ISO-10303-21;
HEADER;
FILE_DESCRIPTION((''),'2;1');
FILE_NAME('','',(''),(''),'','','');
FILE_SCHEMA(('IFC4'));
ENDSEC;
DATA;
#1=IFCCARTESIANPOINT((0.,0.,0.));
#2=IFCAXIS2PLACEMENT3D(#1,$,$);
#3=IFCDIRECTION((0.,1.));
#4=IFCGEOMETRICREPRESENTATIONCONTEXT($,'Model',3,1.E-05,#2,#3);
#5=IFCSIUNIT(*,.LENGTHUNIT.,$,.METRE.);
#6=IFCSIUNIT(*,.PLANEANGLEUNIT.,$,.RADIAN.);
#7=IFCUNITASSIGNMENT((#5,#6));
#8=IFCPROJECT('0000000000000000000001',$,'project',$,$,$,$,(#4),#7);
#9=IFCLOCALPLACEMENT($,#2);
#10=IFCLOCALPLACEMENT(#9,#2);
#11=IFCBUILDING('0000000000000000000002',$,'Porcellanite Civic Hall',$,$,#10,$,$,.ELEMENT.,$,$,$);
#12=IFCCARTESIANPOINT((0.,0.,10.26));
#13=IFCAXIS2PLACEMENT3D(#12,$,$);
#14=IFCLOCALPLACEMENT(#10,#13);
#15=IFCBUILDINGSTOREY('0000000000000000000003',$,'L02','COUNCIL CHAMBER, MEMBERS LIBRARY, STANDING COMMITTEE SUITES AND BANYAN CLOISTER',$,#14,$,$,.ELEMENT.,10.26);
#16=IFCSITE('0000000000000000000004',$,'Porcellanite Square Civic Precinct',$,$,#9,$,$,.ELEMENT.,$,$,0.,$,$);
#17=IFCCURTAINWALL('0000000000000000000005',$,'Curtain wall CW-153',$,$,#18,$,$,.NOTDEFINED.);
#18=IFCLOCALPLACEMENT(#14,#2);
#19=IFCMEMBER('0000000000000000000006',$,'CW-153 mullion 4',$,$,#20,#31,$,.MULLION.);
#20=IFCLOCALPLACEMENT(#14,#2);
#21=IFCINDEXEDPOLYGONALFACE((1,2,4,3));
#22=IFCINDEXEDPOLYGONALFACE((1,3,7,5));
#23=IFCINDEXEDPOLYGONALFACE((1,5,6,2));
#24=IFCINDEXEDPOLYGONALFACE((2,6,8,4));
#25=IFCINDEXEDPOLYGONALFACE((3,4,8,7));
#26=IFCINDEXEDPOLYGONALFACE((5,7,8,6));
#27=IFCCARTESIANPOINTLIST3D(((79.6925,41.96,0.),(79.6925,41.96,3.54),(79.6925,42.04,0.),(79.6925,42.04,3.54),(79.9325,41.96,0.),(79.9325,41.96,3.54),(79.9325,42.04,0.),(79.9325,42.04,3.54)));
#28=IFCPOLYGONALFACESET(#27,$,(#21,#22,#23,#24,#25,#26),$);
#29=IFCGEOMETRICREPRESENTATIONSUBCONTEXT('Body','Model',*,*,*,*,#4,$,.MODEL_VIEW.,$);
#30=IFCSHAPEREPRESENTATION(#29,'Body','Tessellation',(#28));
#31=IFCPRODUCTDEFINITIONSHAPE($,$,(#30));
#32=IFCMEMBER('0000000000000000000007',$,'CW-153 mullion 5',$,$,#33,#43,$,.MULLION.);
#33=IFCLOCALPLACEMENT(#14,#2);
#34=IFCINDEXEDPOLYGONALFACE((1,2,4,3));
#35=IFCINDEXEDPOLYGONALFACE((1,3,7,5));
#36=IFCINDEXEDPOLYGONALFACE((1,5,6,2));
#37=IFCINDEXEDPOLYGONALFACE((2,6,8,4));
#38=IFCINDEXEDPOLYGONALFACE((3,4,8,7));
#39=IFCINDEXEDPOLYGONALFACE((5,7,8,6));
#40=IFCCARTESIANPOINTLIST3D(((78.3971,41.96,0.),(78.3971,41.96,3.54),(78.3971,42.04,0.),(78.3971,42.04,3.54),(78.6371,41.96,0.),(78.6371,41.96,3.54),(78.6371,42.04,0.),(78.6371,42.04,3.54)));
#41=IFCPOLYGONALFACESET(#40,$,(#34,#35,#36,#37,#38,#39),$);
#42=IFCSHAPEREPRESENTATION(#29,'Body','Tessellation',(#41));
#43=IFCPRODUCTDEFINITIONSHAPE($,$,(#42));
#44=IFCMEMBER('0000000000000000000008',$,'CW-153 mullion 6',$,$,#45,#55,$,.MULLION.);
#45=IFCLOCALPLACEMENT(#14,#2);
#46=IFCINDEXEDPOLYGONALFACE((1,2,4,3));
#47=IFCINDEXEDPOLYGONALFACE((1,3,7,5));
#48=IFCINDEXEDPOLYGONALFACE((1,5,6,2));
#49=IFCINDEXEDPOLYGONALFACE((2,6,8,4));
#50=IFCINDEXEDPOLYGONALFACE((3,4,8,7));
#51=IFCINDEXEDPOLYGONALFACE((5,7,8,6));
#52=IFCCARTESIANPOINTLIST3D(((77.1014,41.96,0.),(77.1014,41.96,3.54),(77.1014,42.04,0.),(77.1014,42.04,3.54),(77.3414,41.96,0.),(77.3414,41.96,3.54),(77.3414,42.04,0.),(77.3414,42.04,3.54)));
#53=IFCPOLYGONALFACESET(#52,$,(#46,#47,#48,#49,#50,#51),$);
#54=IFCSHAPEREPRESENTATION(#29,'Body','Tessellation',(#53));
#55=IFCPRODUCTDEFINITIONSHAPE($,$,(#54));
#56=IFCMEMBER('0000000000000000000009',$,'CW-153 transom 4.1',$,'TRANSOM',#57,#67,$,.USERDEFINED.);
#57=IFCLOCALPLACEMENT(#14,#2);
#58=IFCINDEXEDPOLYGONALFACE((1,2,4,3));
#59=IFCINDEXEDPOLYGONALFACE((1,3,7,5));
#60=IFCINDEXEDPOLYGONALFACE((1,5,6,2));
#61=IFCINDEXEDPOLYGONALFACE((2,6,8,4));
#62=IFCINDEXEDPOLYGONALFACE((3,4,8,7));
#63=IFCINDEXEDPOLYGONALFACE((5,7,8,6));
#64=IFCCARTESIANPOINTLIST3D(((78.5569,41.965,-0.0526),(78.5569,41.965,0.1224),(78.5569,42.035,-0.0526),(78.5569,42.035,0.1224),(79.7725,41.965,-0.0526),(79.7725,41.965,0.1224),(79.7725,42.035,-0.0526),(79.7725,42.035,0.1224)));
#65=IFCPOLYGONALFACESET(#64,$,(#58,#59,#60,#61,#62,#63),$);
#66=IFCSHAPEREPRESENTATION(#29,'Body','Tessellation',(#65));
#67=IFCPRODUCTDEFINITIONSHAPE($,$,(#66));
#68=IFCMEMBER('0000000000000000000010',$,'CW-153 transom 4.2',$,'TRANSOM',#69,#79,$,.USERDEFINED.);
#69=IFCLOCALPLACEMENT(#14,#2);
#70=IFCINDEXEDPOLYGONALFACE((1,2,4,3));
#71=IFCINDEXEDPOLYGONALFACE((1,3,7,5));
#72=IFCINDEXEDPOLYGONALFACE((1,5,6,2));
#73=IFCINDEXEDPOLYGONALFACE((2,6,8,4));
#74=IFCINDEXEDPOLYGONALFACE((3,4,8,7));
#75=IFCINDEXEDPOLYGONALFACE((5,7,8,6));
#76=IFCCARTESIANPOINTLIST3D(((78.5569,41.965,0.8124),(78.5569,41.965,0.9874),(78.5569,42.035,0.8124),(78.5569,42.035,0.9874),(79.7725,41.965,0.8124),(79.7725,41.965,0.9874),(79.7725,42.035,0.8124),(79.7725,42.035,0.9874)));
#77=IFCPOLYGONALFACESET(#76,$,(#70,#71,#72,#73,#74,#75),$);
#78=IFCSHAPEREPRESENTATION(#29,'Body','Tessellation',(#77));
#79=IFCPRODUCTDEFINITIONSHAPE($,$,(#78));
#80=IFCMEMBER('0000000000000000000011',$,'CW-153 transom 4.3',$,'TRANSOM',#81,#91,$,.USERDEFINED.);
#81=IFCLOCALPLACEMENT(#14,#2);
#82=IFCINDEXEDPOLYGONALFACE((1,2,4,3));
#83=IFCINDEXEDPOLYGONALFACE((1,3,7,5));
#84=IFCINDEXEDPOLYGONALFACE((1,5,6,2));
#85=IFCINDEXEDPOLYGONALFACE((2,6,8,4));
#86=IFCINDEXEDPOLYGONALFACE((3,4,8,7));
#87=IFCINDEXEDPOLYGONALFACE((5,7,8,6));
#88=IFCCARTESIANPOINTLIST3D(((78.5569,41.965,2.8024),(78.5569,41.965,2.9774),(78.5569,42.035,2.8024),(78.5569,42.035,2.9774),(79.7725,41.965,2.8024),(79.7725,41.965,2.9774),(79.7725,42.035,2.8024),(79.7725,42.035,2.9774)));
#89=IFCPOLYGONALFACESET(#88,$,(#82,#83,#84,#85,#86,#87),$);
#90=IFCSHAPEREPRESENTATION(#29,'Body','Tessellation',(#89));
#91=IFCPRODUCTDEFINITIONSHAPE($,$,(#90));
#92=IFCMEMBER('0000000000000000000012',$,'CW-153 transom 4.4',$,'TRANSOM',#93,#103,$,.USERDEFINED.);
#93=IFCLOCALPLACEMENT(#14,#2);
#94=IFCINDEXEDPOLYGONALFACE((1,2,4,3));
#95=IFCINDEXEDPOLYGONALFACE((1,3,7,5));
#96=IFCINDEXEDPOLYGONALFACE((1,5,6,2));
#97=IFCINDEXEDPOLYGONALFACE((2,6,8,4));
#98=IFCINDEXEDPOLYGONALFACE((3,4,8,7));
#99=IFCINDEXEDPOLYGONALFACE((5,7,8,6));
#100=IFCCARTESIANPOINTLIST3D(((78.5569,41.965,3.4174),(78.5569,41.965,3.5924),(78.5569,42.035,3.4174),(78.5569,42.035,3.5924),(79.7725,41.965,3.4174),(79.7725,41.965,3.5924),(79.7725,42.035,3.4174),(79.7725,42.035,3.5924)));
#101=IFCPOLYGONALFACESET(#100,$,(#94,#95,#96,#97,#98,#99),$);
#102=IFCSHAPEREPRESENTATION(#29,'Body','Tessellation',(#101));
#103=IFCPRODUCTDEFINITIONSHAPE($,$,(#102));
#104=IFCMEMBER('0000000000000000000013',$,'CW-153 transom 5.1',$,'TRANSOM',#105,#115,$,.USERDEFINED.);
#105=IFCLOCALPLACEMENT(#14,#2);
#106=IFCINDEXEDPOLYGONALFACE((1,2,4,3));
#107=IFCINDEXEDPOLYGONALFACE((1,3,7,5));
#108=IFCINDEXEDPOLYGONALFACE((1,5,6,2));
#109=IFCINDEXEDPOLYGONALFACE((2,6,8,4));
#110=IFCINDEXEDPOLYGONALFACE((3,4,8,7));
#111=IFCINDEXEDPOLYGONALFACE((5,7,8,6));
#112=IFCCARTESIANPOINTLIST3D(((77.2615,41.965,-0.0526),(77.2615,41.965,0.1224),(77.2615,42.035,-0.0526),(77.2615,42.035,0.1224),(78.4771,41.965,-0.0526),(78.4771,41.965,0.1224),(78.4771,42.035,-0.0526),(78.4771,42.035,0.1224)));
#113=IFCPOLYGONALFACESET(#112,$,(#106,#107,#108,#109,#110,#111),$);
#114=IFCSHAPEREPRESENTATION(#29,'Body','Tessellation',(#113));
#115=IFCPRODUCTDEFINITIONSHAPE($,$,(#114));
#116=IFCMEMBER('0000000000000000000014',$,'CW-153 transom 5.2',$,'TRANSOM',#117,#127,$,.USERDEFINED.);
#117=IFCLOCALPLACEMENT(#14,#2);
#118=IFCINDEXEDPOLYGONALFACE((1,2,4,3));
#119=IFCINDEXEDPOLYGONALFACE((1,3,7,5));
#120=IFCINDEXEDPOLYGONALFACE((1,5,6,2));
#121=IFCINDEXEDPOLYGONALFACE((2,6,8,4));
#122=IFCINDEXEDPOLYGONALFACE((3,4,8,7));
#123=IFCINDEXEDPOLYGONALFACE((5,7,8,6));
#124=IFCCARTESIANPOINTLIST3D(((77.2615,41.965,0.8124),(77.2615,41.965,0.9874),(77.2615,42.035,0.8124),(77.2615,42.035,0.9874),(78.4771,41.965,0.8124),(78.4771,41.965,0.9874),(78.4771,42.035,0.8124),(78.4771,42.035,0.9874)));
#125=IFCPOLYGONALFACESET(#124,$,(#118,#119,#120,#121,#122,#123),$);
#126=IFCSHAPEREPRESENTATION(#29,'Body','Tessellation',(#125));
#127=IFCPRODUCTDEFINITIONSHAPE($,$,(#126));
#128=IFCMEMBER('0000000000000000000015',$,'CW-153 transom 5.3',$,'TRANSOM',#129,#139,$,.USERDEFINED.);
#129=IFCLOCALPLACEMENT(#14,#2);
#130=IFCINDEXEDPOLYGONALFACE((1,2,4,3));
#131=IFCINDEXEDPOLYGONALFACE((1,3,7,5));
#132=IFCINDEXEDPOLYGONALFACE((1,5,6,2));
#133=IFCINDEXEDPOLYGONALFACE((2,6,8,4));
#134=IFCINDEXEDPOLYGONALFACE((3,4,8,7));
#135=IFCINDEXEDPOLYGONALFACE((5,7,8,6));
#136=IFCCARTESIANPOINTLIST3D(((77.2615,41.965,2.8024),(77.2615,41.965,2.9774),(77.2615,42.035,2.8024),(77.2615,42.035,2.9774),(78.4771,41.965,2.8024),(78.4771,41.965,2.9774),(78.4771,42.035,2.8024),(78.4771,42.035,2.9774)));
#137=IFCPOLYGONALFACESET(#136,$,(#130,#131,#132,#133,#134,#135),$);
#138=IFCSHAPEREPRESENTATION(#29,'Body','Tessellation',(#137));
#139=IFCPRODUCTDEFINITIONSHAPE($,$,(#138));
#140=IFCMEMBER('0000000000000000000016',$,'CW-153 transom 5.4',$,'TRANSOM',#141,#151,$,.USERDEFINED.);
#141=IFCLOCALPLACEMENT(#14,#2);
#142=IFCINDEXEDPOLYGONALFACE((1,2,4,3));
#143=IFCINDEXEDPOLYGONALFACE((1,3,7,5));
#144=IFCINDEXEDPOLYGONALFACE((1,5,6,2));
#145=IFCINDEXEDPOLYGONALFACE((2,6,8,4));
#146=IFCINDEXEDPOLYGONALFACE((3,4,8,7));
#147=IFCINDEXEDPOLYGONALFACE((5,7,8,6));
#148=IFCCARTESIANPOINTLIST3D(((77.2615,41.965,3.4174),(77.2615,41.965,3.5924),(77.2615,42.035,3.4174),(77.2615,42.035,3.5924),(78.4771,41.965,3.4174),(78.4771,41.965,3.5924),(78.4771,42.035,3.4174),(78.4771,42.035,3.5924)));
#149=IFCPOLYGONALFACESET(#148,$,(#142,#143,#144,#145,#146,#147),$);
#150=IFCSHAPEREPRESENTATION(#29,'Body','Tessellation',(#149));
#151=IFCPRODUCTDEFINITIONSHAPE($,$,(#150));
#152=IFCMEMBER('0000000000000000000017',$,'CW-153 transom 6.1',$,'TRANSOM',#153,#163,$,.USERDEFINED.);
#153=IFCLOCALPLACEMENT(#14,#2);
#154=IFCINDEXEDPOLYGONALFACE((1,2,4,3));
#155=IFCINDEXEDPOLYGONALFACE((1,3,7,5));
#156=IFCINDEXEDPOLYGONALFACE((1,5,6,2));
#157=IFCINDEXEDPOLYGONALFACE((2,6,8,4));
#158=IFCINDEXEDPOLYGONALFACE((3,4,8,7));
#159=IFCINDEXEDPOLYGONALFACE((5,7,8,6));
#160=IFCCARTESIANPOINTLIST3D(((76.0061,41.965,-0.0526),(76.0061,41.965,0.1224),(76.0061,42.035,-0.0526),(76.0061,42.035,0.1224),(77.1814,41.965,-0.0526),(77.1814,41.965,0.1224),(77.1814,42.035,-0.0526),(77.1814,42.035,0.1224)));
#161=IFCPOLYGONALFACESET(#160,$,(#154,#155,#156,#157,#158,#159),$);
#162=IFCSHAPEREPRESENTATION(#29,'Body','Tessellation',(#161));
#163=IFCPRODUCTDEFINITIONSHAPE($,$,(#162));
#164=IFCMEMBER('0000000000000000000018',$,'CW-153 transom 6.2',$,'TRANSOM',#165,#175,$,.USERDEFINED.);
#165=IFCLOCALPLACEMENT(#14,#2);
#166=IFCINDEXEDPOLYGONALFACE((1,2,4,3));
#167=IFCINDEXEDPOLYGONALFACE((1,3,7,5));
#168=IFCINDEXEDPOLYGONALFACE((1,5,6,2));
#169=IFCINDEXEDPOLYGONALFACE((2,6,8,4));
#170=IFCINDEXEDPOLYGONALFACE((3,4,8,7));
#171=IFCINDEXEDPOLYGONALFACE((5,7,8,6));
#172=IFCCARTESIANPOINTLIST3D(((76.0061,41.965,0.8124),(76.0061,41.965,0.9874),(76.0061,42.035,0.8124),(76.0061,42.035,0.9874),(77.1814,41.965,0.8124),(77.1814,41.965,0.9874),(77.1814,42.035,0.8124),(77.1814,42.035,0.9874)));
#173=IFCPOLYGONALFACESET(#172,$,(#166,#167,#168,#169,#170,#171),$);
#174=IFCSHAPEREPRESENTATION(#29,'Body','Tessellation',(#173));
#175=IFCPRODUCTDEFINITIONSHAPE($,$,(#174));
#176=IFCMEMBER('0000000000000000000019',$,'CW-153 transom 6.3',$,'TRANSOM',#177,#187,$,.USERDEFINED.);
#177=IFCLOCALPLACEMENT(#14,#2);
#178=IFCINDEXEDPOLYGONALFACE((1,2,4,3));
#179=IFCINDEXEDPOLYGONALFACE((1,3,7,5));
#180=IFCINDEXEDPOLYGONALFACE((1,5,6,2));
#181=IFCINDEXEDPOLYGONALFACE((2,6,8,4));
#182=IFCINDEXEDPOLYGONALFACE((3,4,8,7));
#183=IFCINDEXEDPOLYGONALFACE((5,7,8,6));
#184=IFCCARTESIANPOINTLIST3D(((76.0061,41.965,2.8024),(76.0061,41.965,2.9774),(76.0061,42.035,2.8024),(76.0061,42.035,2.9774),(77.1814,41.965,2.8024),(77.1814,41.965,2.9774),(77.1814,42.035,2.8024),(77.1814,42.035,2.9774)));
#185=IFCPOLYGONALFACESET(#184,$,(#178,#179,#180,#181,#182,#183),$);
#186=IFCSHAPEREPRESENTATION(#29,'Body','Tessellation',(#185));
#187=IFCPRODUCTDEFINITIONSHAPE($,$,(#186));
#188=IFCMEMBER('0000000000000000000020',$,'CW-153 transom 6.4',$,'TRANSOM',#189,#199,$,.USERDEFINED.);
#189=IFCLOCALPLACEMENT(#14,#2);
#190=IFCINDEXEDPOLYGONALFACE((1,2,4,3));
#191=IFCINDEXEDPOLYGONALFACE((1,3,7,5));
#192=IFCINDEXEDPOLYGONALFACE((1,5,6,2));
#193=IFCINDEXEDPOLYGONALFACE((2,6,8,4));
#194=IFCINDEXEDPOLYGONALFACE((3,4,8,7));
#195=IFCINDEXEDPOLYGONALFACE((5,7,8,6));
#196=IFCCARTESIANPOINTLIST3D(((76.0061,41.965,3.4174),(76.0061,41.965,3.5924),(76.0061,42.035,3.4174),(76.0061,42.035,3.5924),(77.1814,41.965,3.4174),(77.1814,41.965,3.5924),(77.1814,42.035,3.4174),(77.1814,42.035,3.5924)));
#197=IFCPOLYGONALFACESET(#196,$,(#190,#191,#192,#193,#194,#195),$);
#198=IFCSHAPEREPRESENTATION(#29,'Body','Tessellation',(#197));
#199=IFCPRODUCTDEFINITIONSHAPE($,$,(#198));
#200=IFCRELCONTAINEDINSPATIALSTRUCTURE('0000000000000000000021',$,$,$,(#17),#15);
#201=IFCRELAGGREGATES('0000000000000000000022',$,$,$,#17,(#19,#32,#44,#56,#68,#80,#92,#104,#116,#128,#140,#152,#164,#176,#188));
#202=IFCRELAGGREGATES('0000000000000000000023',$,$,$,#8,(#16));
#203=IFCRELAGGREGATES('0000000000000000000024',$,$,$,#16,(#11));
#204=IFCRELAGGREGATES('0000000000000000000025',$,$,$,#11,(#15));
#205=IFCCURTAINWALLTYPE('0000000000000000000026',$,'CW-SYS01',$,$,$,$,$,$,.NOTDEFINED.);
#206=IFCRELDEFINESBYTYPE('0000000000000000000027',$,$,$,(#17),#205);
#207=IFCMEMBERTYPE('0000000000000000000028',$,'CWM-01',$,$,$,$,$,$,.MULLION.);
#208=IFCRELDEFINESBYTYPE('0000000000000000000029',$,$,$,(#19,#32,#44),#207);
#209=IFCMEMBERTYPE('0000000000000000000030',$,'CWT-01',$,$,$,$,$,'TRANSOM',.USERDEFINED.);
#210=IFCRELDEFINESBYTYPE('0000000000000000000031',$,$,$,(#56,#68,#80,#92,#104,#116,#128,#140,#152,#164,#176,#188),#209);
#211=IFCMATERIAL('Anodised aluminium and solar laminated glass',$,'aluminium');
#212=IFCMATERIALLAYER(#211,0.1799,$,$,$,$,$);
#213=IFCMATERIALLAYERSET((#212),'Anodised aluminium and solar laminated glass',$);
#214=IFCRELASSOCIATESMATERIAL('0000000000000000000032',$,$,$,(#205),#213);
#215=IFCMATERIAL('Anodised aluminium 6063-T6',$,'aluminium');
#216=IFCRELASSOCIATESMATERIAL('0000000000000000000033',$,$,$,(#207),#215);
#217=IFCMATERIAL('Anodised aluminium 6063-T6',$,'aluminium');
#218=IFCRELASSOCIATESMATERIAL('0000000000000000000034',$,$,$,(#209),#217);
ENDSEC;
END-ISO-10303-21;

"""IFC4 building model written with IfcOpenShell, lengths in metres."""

from ifc_helpers import new_model, si_unit, direction, frame, origin, origin_2d, place, context, subcontext, project, spatial, rectangle, extrude, material, layer, layer_set, material_profile, profile_set, type_object, element, aggregate, save


model = new_model("IFC4")

# Units and contexts
model_context = context("Model", 3, precision=1e-05, world=origin(), true_north=direction((0.0, 1.0)))
body_context = subcontext(model_context, "Body", "Model", "MODEL_VIEW")
ifc_project = project(units=[si_unit("LENGTHUNIT", "METRE"), si_unit("PLANEANGLEUNIT", "RADIAN")], contexts=[model_context])

# Site, building, storey
site_placement = place(None, origin())
site = spatial("IfcSite", under=ifc_project, at=site_placement, Name="Porcellanite Square Civic Precinct", CompositionType="ELEMENT", RefElevation=0.0)
building_placement = place(site_placement, origin())
building = spatial("IfcBuilding", under=site, at=building_placement, Name="Porcellanite Civic Hall", CompositionType="ELEMENT")
storey_placement = place(building_placement, frame((0.0, 0.0, 10.26)))
storey = spatial("IfcBuildingStorey", under=building, at=storey_placement, Name="L02", Description="COUNCIL CHAMBER, MEMBERS LIBRARY, STANDING COMMITTEE SUITES AND BANYAN CLOISTER", CompositionType="ELEMENT", Elevation=10.26)

# Curtain wall, members
ifc_material_1 = material(Name="Anodised aluminium and solar laminated glass", Category="aluminium")
ifc_layer_1 = layer(ifc_material_1, 0.1799)
ifc_layer_set_1 = layer_set([ifc_layer_1], Name="Anodised aluminium and solar laminated glass")
curtain_wall_type = type_object("IfcCurtainWallType", Name="CW-SYS01", PredefinedType="NOTDEFINED", material=ifc_layer_set_1)
curtain_wall_placement = place(storey_placement, origin())
curtain_wall = element("IfcCurtainWall", 1, at=curtain_wall_placement, inside=storey, type_object=curtain_wall_type, Name="Curtain wall CW-153", PredefinedType="NOTDEFINED")
ifc_material_2 = material(Name="Anodised aluminium 6063-T6", Category="aluminium")
ifc_material_profile_1 = material_profile(ifc_material_2, rectangle(XDim=0.0801, YDim=0.24, at=origin_2d()), Name="AL-80x240")
ifc_profile_set_1 = profile_set([ifc_material_profile_1], Name="Anodised aluminium 6063-T6")
member_type_1 = type_object("IfcMemberType", Name="CWM-01", PredefinedType="MULLION", material=ifc_profile_set_1)
member_1_placement = place(storey_placement, frame((79.8125, 42.0, 0.0), z_axis=(0.0, 0.0, 1.0), x_axis=(0.0, -1.0, 0.0)))
member_1 = element("IfcMember", 2, at=member_1_placement, type_object=member_type_1, Name="CW-153 mullion 4", PredefinedType="MULLION", context=body_context, shape_type="SweptSolid", body=[
    extrude(rectangle(XDim=0.0801, YDim=0.24, at=origin_2d()), origin(), (0.0, 0.0, 1.0), 3.54),
])
member_2_placement = place(storey_placement, frame((78.5171, 42.0, 0.0), z_axis=(0.0, 0.0, 1.0), x_axis=(0.0, -1.0, 0.0)))
member_2 = element("IfcMember", 3, at=member_2_placement, type_object=member_type_1, Name="CW-153 mullion 5", PredefinedType="MULLION", context=body_context, shape_type="SweptSolid", body=[
    extrude(rectangle(XDim=0.0801, YDim=0.24, at=origin_2d()), origin(), (0.0, 0.0, 1.0), 3.54),
])
member_3_placement = place(storey_placement, frame((77.2214, 42.0, 0.0), z_axis=(0.0, 0.0, 1.0), x_axis=(0.0, -1.0, 0.0)))
member_3 = element("IfcMember", 4, at=member_3_placement, type_object=member_type_1, Name="CW-153 mullion 6", PredefinedType="MULLION", context=body_context, shape_type="SweptSolid", body=[
    extrude(rectangle(XDim=0.0801, YDim=0.24, at=origin_2d()), origin(), (0.0, 0.0, 1.0), 3.54),
])
ifc_material_3 = material(Name="Anodised aluminium 6063-T6", Category="aluminium")
ifc_material_profile_2 = material_profile(ifc_material_3, rectangle(XDim=0.0701, YDim=0.175, at=origin_2d()), Name="AL-70x175")
ifc_profile_set_2 = profile_set([ifc_material_profile_2], Name="Anodised aluminium 6063-T6")
member_type_2 = type_object("IfcMemberType", Name="CWT-01", ElementType="TRANSOM", PredefinedType="USERDEFINED", material=ifc_profile_set_2)
member_4_placement = place(storey_placement, frame((79.7725, 42.0, 0.0349), z_axis=(-1.0, 0.0, 0.0), x_axis=(0.0, -1.0, 0.0)))
member_4 = element("IfcMember", 5, at=member_4_placement, type_object=member_type_2, Name="CW-153 transom 4.1", ObjectType="TRANSOM", PredefinedType="USERDEFINED", context=body_context, shape_type="SweptSolid", body=[
    extrude(rectangle(XDim=0.0701, YDim=0.175, at=origin_2d()), origin(), (0.0, 0.0, 1.0), 1.2156),
])
member_5_placement = place(storey_placement, frame((79.7725, 42.0, 0.8999), z_axis=(-1.0, 0.0, 0.0), x_axis=(0.0, -1.0, 0.0)))
member_5 = element("IfcMember", 6, at=member_5_placement, type_object=member_type_2, Name="CW-153 transom 4.2", ObjectType="TRANSOM", PredefinedType="USERDEFINED", context=body_context, shape_type="SweptSolid", body=[
    extrude(rectangle(XDim=0.0701, YDim=0.175, at=origin_2d()), origin(), (0.0, 0.0, 1.0), 1.2156),
])
member_6_placement = place(storey_placement, frame((79.7725, 42.0, 2.8899), z_axis=(-1.0, 0.0, 0.0), x_axis=(0.0, -1.0, 0.0)))
member_6 = element("IfcMember", 7, at=member_6_placement, type_object=member_type_2, Name="CW-153 transom 4.3", ObjectType="TRANSOM", PredefinedType="USERDEFINED", context=body_context, shape_type="SweptSolid", body=[
    extrude(rectangle(XDim=0.0701, YDim=0.175, at=origin_2d()), origin(), (0.0, 0.0, 1.0), 1.2156),
])
member_7_placement = place(storey_placement, frame((79.7725, 42.0, 3.5049), z_axis=(-1.0, 0.0, 0.0), x_axis=(0.0, -1.0, 0.0)))
member_7 = element("IfcMember", 8, at=member_7_placement, type_object=member_type_2, Name="CW-153 transom 4.4", ObjectType="TRANSOM", PredefinedType="USERDEFINED", context=body_context, shape_type="SweptSolid", body=[
    extrude(rectangle(XDim=0.0701, YDim=0.175, at=origin_2d()), origin(), (0.0, 0.0, 1.0), 1.2156),
])
member_8_placement = place(storey_placement, frame((78.4771, 42.0, 0.0349), z_axis=(-1.0, 0.0, 0.0), x_axis=(0.0, -1.0, 0.0)))
member_8 = element("IfcMember", 9, at=member_8_placement, type_object=member_type_2, Name="CW-153 transom 5.1", ObjectType="TRANSOM", PredefinedType="USERDEFINED", context=body_context, shape_type="SweptSolid", body=[
    extrude(rectangle(XDim=0.0701, YDim=0.175, at=origin_2d()), origin(), (0.0, 0.0, 1.0), 1.2156),
])
member_9_placement = place(storey_placement, frame((78.4771, 42.0, 0.8999), z_axis=(-1.0, 0.0, 0.0), x_axis=(0.0, -1.0, 0.0)))
member_9 = element("IfcMember", 10, at=member_9_placement, type_object=member_type_2, Name="CW-153 transom 5.2", ObjectType="TRANSOM", PredefinedType="USERDEFINED", context=body_context, shape_type="SweptSolid", body=[
    extrude(rectangle(XDim=0.0701, YDim=0.175, at=origin_2d()), origin(), (0.0, 0.0, 1.0), 1.2156),
])
member_10_placement = place(storey_placement, frame((78.4771, 42.0, 2.8899), z_axis=(-1.0, 0.0, 0.0), x_axis=(0.0, -1.0, 0.0)))
member_10 = element("IfcMember", 11, at=member_10_placement, type_object=member_type_2, Name="CW-153 transom 5.3", ObjectType="TRANSOM", PredefinedType="USERDEFINED", context=body_context, shape_type="SweptSolid", body=[
    extrude(rectangle(XDim=0.0701, YDim=0.175, at=origin_2d()), origin(), (0.0, 0.0, 1.0), 1.2156),
])
member_11_placement = place(storey_placement, frame((78.4771, 42.0, 3.5049), z_axis=(-1.0, 0.0, 0.0), x_axis=(0.0, -1.0, 0.0)))
member_11 = element("IfcMember", 12, at=member_11_placement, type_object=member_type_2, Name="CW-153 transom 5.4", ObjectType="TRANSOM", PredefinedType="USERDEFINED", context=body_context, shape_type="SweptSolid", body=[
    extrude(rectangle(XDim=0.0701, YDim=0.175, at=origin_2d()), origin(), (0.0, 0.0, 1.0), 1.2156),
])
member_12_placement = place(storey_placement, frame((77.1814, 42.0, 0.0349), z_axis=(-1.0, 0.0, 0.0), x_axis=(0.0, -1.0, 0.0)))
member_12 = element("IfcMember", 13, at=member_12_placement, type_object=member_type_2, Name="CW-153 transom 6.1", ObjectType="TRANSOM", PredefinedType="USERDEFINED", context=body_context, shape_type="SweptSolid", body=[
    extrude(rectangle(XDim=0.0701, YDim=0.175, at=origin_2d()), origin(), (0.0, 0.0, 1.0), 1.1753),
])
member_13_placement = place(storey_placement, frame((77.1814, 42.0, 0.8999), z_axis=(-1.0, 0.0, 0.0), x_axis=(0.0, -1.0, 0.0)))
member_13 = element("IfcMember", 14, at=member_13_placement, type_object=member_type_2, Name="CW-153 transom 6.2", ObjectType="TRANSOM", PredefinedType="USERDEFINED", context=body_context, shape_type="SweptSolid", body=[
    extrude(rectangle(XDim=0.0701, YDim=0.175, at=origin_2d()), origin(), (0.0, 0.0, 1.0), 1.1753),
])
member_14_placement = place(storey_placement, frame((77.1814, 42.0, 2.8899), z_axis=(-1.0, 0.0, 0.0), x_axis=(0.0, -1.0, 0.0)))
member_14 = element("IfcMember", 15, at=member_14_placement, type_object=member_type_2, Name="CW-153 transom 6.3", ObjectType="TRANSOM", PredefinedType="USERDEFINED", context=body_context, shape_type="SweptSolid", body=[
    extrude(rectangle(XDim=0.0701, YDim=0.175, at=origin_2d()), origin(), (0.0, 0.0, 1.0), 1.1753),
])
member_15_placement = place(storey_placement, frame((77.1814, 42.0, 3.5049), z_axis=(-1.0, 0.0, 0.0), x_axis=(0.0, -1.0, 0.0)))
member_15 = element("IfcMember", 16, at=member_15_placement, type_object=member_type_2, Name="CW-153 transom 6.4", ObjectType="TRANSOM", PredefinedType="USERDEFINED", context=body_context, shape_type="SweptSolid", body=[
    extrude(rectangle(XDim=0.0701, YDim=0.175, at=origin_2d()), origin(), (0.0, 0.0, 1.0), 1.1753),
])

aggregate(curtain_wall, [member_1, member_2, member_3, member_4, member_5, member_6, member_7, member_8, member_9, member_10, member_11, member_12, member_13, member_14, member_15])

save(model, "model.ifc")
